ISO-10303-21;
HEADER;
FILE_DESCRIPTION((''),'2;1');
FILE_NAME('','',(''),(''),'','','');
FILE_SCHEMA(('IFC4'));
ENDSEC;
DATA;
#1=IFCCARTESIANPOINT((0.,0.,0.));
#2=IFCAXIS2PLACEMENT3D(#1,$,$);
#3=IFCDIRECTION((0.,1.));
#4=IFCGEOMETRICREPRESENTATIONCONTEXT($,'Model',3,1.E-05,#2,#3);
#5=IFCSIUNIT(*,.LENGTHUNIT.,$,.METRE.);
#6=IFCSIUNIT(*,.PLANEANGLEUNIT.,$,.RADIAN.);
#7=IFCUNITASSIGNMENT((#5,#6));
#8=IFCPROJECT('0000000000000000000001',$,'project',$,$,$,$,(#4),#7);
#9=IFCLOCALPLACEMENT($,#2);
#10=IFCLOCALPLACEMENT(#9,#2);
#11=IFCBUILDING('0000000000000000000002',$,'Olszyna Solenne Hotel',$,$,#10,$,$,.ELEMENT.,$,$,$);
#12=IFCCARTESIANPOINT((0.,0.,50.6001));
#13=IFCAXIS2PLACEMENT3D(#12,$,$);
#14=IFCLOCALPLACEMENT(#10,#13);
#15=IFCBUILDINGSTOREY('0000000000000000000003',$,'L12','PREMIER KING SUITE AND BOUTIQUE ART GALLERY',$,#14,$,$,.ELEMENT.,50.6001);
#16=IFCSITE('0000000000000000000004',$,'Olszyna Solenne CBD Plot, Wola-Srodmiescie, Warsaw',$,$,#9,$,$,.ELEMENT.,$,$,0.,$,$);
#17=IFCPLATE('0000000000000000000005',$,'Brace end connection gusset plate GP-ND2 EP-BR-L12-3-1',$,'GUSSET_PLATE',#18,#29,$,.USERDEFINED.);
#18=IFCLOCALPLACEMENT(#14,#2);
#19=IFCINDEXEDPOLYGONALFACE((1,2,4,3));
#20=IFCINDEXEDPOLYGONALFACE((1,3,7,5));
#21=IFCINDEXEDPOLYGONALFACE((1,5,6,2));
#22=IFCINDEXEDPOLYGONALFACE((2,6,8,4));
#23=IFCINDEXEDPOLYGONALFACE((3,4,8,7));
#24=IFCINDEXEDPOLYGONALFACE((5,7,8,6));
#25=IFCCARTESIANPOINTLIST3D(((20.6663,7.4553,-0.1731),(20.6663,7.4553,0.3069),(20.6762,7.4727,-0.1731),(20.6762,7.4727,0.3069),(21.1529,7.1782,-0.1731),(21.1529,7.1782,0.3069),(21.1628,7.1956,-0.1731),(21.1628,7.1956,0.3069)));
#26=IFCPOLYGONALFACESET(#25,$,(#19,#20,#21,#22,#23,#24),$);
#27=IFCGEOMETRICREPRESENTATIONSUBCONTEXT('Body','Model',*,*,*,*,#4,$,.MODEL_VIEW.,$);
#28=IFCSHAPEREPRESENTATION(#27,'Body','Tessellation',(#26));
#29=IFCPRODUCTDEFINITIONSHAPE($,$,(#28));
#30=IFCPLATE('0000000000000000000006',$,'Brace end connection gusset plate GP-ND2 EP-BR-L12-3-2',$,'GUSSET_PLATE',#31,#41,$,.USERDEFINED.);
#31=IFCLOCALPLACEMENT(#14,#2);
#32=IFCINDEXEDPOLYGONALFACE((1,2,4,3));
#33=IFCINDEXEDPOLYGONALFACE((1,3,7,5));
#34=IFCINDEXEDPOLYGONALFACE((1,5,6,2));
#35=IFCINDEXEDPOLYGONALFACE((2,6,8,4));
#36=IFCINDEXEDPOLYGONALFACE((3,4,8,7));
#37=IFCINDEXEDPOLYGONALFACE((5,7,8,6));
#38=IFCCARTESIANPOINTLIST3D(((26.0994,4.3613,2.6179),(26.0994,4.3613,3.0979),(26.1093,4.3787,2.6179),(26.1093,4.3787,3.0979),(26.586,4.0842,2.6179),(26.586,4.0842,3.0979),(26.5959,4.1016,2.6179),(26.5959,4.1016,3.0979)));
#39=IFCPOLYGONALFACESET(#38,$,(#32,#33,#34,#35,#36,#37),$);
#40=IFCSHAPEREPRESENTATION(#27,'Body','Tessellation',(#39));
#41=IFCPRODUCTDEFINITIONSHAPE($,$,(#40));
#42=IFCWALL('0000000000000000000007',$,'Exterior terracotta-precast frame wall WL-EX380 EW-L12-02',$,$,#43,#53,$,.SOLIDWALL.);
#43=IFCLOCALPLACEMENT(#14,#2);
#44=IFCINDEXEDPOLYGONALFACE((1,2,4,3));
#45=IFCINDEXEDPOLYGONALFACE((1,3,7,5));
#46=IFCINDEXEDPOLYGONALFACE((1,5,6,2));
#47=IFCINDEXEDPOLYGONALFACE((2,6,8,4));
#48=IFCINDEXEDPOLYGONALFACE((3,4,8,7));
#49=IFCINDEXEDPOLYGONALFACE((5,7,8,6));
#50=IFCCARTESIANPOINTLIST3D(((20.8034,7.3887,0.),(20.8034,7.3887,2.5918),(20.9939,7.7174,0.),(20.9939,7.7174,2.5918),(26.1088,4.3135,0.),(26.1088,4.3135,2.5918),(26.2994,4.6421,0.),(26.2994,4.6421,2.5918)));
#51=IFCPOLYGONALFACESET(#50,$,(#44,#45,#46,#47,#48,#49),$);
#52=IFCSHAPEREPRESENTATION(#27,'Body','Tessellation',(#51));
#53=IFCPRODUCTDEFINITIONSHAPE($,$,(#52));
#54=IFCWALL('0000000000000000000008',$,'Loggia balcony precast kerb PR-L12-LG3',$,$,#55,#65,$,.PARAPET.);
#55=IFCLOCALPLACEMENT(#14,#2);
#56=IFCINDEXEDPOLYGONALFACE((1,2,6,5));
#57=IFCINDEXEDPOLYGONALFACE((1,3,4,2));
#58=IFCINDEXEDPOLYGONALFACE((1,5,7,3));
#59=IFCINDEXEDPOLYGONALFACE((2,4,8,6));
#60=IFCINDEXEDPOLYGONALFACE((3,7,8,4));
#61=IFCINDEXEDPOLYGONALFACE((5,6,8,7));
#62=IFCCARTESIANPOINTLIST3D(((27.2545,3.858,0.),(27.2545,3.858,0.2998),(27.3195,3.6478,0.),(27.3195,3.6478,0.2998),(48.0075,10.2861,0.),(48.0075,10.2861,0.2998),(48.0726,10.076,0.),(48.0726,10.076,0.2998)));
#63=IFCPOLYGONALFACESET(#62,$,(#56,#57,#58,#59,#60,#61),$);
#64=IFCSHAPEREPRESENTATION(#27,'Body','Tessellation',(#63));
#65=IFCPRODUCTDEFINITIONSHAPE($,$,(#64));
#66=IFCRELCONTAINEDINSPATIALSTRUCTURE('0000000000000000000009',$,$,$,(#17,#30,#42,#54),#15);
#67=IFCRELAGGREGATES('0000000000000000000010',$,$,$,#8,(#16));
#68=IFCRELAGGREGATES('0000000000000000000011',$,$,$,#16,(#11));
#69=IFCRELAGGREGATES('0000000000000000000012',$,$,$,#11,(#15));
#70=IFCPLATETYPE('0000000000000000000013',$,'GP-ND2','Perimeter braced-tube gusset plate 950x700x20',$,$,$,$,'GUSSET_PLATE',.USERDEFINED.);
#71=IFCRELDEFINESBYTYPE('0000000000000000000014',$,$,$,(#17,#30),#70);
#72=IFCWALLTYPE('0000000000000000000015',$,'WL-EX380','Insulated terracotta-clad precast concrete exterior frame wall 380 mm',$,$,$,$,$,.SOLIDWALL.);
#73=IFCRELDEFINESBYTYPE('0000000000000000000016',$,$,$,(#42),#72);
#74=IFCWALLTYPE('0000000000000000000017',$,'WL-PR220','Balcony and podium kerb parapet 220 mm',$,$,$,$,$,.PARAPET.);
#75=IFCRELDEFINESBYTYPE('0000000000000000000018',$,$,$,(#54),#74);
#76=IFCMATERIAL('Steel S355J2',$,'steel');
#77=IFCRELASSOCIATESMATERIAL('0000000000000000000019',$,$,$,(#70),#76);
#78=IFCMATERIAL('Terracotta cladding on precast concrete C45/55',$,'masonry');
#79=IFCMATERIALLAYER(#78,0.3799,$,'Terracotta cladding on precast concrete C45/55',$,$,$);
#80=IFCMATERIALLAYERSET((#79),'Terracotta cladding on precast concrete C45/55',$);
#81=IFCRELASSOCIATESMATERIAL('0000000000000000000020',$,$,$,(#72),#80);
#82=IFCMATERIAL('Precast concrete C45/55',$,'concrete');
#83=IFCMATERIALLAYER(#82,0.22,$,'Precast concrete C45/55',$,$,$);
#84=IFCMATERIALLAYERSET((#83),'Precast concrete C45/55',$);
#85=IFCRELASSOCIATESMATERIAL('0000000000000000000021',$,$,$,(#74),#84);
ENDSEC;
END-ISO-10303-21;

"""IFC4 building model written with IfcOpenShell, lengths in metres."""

from ifc_helpers import new_model, si_unit, direction, frame, frame_2d, origin, origin_2d, place, context, subcontext, project, spatial, rectangle, extrude, source, transform, mapped, material, layer, layer_set, type_object, element, save


model = new_model("IFC4")

# Units and contexts
model_context = context("Model", 3, precision=1e-05, world=origin(), true_north=direction((0.0, 1.0)))
body_context = subcontext(model_context, "Body", "Model", "MODEL_VIEW")
ifc_project = project(units=[si_unit("LENGTHUNIT", "METRE"), si_unit("PLANEANGLEUNIT", "RADIAN")], contexts=[model_context])

# Site, building, storey
site_placement = place(None, origin())
site = spatial("IfcSite", under=ifc_project, at=site_placement, Name="Olszyna Solenne CBD Plot, Wola-Srodmiescie, Warsaw", CompositionType="ELEMENT", RefElevation=0.0)
building_placement = place(site_placement, origin())
building = spatial("IfcBuilding", under=site, at=building_placement, Name="Olszyna Solenne Hotel", CompositionType="ELEMENT")
storey_placement = place(building_placement, frame((0.0, 0.0, 50.6001)))
storey = spatial("IfcBuildingStorey", under=building, at=storey_placement, Name="L12", Description="PREMIER KING SUITE AND BOUTIQUE ART GALLERY", CompositionType="ELEMENT", Elevation=50.6001)

# Shared definitions
ifc_material_1 = material(Name="Steel S355J2", Category="steel")

# Plates
plate_type = type_object("IfcPlateType", Name="GP-ND2", Description="Perimeter braced-tube gusset plate 950x700x20", ElementType="GUSSET_PLATE", PredefinedType="USERDEFINED", material=ifc_material_1)
shared_shape_1 = source(origin(), body_context, "Body", "SweptSolid", [
    extrude(rectangle(XDim=0.5601, YDim=0.02, at=origin_2d()), origin(), (0.0, 0.0, 1.0), 0.48),
])
for number, where, z_axis, x_axis, name in (
    (1, (20.9146, 7.3254, -0.1731), (0.0, 0.0, 1.0), (0.868977, -0.494852, 0.0), "Brace end connection gusset plate GP-ND2 EP-BR-L12-3-1"),
    (2, (26.3477, 4.2314, 2.6179), (0.0, 0.0, 1.0), (0.868977, -0.494852, 0.0), "Brace end connection gusset plate GP-ND2 EP-BR-L12-3-2"),
):
    element("IfcPlate", number, at=place(storey_placement, frame(where, z_axis=z_axis, x_axis=x_axis)), inside=storey, type_object=plate_type, Name=name, ObjectType="GUSSET_PLATE", PredefinedType="USERDEFINED", context=body_context, shape_type="MappedRepresentation", body=[
        mapped(shared_shape_1, transform((0.0, 0.0, 0.0), x_axis=(1.0, 0.0, 0.0), y_axis=(0.0, 1.0, 0.0), z_axis=(0.0, 0.0, 1.0), scale=1.0)),
    ])

# Walls
ifc_material_2 = material(Name="Terracotta cladding on precast concrete C45/55", Category="masonry")
ifc_layer_1 = layer(ifc_material_2, 0.3799, Name="Terracotta cladding on precast concrete C45/55")
ifc_layer_set_1 = layer_set([ifc_layer_1], Name="Terracotta cladding on precast concrete C45/55")
wall_type_1 = type_object("IfcWallType", Name="WL-EX380", Description="Insulated terracotta-clad precast concrete exterior frame wall 380 mm", PredefinedType="SOLIDWALL", material=ifc_layer_set_1)
wall_1_placement = place(storey_placement, frame((26.2041, 4.4778, 0.0), z_axis=(0.0, 0.0, 1.0), x_axis=(-0.865169, 0.50148, 0.0)))
element("IfcWall", 3, at=wall_1_placement, inside=storey, type_object=wall_type_1, Name="Exterior terracotta-precast frame wall WL-EX380 EW-L12-02", PredefinedType="SOLIDWALL", context=body_context, shape_type="SweptSolid", body=[
    extrude(rectangle(XDim=6.1323, YDim=0.3799, at=frame_2d((3.0662, 0.0))), origin(), (0.0, 0.0, 1.0), 2.5918),
])
ifc_material_3 = material(Name="Precast concrete C45/55", Category="concrete")
ifc_layer_2 = layer(ifc_material_3, 0.22, Name="Precast concrete C45/55")
ifc_layer_set_2 = layer_set([ifc_layer_2], Name="Precast concrete C45/55")
wall_type_2 = type_object("IfcWallType", Name="WL-PR220", Description="Balcony and podium kerb parapet 220 mm", PredefinedType="PARAPET", material=ifc_layer_set_2)
wall_2_placement = place(storey_placement, frame((27.2871, 3.7529, 0.0), z_axis=(0.0, 0.0, 1.0), x_axis=(0.955226, 0.295878, 0.0)))
element("IfcWall", 4, at=wall_2_placement, inside=storey, type_object=wall_type_2, Name="Loggia balcony precast kerb PR-L12-LG3", PredefinedType="PARAPET", context=body_context, shape_type="SweptSolid", body=[
    extrude(rectangle(XDim=21.7258, YDim=0.22, at=frame_2d((10.8628, 0.0))), origin(), (0.0, 0.0, 1.0), 0.2998),
])

save(model, "model.ifc")
